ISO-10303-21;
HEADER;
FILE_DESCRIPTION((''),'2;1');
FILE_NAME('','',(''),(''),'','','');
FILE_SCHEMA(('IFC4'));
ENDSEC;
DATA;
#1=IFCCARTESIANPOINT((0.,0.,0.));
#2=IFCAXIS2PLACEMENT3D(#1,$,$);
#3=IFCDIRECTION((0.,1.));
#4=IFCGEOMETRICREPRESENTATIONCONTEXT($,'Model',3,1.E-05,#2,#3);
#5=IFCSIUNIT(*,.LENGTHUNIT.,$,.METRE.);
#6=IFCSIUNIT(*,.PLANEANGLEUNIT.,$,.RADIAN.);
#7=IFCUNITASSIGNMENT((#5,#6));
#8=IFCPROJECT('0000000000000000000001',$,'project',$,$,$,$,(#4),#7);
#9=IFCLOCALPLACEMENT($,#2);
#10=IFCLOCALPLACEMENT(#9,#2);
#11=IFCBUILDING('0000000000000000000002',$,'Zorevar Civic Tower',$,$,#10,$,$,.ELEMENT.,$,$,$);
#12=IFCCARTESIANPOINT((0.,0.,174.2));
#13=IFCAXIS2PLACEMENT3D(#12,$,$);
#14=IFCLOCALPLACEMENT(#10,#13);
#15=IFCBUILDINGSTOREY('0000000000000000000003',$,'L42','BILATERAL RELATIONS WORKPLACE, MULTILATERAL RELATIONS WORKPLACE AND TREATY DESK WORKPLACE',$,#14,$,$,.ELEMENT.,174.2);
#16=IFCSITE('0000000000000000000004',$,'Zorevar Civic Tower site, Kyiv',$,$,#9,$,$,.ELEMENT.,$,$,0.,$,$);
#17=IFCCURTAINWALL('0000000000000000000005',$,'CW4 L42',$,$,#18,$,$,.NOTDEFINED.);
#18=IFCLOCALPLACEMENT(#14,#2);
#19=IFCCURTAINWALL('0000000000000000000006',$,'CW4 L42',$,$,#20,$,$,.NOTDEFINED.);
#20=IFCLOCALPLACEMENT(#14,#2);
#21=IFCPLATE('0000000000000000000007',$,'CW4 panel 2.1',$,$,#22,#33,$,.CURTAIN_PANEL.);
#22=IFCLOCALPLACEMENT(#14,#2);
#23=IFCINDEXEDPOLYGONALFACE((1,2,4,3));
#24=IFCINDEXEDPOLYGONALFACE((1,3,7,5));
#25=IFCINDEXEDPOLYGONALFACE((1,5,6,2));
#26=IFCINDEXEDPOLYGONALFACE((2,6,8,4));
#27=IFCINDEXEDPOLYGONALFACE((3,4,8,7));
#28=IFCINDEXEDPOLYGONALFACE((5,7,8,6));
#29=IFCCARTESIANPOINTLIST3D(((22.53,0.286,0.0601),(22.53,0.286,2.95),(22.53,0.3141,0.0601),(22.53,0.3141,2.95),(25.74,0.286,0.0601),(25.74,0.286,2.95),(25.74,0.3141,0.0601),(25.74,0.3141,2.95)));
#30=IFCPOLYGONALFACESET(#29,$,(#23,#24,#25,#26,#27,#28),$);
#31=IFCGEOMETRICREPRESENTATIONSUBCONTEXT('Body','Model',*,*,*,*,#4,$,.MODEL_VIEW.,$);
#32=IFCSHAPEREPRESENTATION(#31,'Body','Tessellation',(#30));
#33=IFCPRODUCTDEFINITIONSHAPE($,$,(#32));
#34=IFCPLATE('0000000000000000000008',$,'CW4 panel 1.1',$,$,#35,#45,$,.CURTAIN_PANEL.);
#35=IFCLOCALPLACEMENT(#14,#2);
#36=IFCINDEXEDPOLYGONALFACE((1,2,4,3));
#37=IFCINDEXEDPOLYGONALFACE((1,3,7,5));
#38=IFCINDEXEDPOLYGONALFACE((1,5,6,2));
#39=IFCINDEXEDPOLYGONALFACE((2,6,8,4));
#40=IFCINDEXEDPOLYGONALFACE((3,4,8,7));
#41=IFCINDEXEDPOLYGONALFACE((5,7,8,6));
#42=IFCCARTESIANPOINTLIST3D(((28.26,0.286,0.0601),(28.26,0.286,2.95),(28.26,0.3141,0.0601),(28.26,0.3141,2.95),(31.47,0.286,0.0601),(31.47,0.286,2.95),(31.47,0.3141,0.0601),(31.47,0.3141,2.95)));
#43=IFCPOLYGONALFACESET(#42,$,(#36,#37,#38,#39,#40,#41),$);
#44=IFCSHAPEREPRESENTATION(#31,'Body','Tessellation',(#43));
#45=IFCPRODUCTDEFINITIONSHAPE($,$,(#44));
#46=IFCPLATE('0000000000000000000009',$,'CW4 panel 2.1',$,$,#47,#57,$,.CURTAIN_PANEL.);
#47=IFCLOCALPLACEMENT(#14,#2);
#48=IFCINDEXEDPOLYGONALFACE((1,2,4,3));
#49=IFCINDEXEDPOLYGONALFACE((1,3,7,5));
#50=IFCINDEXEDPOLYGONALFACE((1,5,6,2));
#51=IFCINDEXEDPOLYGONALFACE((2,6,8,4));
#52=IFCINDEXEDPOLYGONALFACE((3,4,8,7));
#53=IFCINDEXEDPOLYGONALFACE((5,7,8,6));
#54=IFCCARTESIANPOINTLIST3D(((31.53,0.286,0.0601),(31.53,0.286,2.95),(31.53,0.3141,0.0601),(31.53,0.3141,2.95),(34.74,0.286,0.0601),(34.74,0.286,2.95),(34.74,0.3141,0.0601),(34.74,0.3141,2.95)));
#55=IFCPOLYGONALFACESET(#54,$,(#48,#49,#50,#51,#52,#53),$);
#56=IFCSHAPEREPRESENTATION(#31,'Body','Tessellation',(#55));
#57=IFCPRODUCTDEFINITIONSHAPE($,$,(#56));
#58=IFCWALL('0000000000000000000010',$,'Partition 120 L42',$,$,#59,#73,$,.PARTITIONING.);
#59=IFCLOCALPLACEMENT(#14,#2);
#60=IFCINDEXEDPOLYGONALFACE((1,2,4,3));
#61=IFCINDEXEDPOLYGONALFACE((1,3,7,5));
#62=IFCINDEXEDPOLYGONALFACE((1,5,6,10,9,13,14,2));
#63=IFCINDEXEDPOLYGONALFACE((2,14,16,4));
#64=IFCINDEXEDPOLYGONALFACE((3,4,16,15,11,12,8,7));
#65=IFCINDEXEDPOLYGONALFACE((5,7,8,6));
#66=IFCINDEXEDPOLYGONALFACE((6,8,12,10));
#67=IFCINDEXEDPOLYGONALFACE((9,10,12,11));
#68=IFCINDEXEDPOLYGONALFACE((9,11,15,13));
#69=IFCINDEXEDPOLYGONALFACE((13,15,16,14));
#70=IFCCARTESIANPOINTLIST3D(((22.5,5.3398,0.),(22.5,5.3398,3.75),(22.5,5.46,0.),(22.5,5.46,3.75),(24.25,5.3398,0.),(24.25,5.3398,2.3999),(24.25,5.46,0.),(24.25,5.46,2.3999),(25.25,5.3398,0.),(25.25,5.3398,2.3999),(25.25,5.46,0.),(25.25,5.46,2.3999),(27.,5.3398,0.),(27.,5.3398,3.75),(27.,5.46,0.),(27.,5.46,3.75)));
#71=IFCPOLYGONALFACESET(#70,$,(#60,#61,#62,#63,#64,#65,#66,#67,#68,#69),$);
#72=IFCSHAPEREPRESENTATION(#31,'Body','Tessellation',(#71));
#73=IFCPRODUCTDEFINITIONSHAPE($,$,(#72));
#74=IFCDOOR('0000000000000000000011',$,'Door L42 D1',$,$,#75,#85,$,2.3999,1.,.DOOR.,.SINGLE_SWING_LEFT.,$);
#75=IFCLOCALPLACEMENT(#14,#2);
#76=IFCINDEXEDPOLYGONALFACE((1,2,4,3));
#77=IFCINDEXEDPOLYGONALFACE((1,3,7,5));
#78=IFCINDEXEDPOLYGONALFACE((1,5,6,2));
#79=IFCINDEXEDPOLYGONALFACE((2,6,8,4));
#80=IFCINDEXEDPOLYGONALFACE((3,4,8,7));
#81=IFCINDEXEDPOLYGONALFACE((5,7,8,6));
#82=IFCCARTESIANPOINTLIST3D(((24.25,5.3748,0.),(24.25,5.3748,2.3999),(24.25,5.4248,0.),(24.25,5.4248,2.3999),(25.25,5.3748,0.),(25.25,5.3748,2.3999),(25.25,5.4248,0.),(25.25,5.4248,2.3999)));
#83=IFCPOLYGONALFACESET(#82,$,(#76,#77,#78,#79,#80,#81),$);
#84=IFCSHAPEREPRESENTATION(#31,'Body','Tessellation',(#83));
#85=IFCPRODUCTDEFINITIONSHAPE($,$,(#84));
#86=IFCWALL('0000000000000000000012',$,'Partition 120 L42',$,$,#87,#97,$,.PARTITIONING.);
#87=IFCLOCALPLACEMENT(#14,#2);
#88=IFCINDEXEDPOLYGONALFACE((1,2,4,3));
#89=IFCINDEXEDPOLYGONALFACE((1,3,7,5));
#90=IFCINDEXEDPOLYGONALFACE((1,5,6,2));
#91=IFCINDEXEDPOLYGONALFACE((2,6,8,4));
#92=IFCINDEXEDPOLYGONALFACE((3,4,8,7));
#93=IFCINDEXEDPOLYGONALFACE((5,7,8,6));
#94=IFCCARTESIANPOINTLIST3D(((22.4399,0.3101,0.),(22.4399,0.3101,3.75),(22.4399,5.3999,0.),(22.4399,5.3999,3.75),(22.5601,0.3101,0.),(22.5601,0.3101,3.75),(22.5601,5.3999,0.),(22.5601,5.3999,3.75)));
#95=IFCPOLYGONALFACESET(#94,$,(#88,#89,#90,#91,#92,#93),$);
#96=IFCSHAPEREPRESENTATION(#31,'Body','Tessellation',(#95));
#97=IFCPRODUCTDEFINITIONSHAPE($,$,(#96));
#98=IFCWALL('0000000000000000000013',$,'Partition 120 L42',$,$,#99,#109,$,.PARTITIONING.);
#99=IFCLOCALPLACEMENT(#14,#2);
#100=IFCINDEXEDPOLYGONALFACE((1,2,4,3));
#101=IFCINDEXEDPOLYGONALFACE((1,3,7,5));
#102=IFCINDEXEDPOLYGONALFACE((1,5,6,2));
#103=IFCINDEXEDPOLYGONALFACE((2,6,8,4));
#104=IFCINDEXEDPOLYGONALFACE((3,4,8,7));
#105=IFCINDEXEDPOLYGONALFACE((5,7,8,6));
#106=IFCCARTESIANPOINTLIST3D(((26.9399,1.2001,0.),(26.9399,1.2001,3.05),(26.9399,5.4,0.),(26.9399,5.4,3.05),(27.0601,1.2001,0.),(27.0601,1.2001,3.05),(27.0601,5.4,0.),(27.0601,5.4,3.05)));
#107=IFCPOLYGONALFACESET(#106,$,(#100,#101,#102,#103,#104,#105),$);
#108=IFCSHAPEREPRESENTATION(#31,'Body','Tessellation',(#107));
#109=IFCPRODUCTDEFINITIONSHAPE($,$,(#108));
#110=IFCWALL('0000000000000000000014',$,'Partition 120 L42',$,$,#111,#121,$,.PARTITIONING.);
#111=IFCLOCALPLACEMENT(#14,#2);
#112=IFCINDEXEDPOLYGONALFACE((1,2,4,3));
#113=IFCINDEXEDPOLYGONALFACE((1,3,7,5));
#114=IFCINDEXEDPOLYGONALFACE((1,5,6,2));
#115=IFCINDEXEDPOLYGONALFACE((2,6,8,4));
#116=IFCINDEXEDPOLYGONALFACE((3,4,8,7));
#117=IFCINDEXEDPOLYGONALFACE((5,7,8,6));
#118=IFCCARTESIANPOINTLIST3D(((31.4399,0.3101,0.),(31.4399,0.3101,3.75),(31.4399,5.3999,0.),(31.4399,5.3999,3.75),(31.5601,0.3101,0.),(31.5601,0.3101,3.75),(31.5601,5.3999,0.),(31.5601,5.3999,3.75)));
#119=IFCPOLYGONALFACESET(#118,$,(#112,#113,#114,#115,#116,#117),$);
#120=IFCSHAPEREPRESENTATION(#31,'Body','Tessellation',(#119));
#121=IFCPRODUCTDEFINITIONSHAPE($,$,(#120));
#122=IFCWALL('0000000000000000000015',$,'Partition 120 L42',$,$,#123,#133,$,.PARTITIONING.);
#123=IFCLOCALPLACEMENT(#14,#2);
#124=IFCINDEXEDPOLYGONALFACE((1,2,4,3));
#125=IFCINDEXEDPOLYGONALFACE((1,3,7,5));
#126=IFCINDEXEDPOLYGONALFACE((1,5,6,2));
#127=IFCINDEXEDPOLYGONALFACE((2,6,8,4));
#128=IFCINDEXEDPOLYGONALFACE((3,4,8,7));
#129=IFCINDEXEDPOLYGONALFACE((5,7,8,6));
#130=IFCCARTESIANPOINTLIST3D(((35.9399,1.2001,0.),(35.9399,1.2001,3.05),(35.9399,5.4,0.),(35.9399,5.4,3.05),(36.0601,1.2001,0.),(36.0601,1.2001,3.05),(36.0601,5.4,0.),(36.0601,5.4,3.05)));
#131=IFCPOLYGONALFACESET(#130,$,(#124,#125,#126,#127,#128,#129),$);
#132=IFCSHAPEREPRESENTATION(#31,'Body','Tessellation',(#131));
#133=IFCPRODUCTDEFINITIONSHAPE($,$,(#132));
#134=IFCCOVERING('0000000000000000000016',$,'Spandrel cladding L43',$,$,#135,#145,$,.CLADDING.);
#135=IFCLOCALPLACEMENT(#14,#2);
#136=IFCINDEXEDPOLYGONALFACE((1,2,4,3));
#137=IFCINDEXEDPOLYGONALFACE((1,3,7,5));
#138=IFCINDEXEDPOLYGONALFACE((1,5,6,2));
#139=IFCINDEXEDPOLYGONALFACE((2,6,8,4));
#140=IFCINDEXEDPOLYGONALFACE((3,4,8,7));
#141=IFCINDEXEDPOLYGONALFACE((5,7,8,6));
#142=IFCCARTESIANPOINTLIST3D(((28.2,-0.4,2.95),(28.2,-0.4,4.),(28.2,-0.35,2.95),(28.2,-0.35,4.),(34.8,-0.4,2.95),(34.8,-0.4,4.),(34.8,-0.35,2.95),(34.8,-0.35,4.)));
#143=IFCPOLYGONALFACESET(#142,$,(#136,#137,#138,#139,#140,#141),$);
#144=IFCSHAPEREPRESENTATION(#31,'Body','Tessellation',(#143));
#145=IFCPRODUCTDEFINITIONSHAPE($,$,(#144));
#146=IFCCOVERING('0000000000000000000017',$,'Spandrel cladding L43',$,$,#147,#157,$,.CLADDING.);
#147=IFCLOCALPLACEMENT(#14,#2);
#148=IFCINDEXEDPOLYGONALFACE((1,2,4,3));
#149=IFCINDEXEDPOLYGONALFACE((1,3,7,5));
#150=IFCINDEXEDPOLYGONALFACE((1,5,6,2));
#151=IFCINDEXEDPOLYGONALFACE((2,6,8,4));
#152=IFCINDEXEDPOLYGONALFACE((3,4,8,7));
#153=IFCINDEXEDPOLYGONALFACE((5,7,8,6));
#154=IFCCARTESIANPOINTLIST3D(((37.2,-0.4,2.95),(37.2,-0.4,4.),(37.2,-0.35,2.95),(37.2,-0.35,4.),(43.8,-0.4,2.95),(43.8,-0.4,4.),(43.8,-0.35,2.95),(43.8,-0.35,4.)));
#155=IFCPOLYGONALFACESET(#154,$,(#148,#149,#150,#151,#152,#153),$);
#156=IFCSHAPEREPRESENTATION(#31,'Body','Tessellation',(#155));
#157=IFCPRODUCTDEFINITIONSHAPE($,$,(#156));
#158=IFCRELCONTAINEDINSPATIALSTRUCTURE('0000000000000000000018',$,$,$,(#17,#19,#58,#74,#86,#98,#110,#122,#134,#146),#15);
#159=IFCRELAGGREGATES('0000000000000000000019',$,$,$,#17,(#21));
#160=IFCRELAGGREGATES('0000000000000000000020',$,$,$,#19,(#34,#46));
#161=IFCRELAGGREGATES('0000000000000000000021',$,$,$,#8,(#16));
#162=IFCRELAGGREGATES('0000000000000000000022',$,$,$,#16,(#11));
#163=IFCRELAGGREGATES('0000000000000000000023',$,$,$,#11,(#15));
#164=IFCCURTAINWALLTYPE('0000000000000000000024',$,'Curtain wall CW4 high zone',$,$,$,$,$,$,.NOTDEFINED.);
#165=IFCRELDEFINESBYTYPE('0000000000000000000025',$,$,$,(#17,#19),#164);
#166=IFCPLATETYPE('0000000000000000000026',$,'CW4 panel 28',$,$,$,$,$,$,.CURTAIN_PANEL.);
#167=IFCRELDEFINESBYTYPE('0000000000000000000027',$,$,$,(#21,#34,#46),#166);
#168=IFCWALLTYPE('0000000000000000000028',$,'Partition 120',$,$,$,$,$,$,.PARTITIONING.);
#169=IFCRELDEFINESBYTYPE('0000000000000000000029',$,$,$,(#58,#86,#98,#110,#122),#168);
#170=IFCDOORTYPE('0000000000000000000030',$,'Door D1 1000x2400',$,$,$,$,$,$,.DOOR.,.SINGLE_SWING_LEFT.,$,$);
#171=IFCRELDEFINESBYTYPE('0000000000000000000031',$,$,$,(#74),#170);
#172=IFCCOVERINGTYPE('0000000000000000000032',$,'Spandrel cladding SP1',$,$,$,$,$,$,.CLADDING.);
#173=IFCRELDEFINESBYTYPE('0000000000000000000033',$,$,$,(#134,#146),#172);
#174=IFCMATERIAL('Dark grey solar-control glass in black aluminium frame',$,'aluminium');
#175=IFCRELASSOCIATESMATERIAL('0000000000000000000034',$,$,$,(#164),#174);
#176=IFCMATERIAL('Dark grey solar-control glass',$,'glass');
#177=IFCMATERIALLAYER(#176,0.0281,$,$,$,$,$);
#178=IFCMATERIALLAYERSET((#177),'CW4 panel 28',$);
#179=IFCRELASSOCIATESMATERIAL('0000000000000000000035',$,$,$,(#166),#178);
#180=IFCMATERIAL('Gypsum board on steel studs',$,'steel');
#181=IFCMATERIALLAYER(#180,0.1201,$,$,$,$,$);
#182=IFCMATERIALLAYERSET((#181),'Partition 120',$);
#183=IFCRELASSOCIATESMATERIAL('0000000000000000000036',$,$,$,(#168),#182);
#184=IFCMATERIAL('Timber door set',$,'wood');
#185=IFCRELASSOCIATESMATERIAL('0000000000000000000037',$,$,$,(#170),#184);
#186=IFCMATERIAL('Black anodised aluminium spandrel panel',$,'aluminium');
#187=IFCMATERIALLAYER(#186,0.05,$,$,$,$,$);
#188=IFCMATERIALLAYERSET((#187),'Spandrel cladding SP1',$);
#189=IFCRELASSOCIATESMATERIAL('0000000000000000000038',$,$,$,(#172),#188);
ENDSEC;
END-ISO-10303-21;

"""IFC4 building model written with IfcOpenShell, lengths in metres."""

from ifc_helpers import new_model, si_unit, direction, frame, frame_2d, origin, origin_2d, place, context, subcontext, project, spatial, rectangle, extrude, material, layer, layer_set, type_object, element, fill, aggregate, save


model = new_model("IFC4")

# Units and contexts
model_context = context("Model", 3, precision=1e-05, world=origin(), true_north=direction((0.0, 1.0)))
body_context = subcontext(model_context, "Body", "Model", "MODEL_VIEW")
ifc_project = project(units=[si_unit("LENGTHUNIT", "METRE"), si_unit("PLANEANGLEUNIT", "RADIAN")], contexts=[model_context])

# Site, building, storey
site_placement = place(None, origin())
site = spatial("IfcSite", under=ifc_project, at=site_placement, Name="Zorevar Civic Tower site, Kyiv", CompositionType="ELEMENT", RefElevation=0.0)
building_placement = place(site_placement, origin())
building = spatial("IfcBuilding", under=site, at=building_placement, Name="Zorevar Civic Tower", CompositionType="ELEMENT")
storey_placement = place(building_placement, frame((0.0, 0.0, 174.2)))
storey = spatial("IfcBuildingStorey", under=building, at=storey_placement, Name="L42", Description="BILATERAL RELATIONS WORKPLACE, MULTILATERAL RELATIONS WORKPLACE AND TREATY DESK WORKPLACE", CompositionType="ELEMENT", Elevation=174.2)

# Curtain wall
ifc_material_1 = material(Name="Dark grey solar-control glass in black aluminium frame", Category="aluminium")
curtain_wall_type = type_object("IfcCurtainWallType", Name="Curtain wall CW4 high zone", PredefinedType="NOTDEFINED", material=ifc_material_1)
curtain_wall_1_placement = place(storey_placement, origin())
curtain_wall_1 = element("IfcCurtainWall", 1, at=curtain_wall_1_placement, inside=storey, type_object=curtain_wall_type, Name="CW4 L42", PredefinedType="NOTDEFINED")

# Curtain wall
curtain_wall_2_placement = place(storey_placement, origin())
curtain_wall_2 = element("IfcCurtainWall", 2, at=curtain_wall_2_placement, inside=storey, type_object=curtain_wall_type, Name="CW4 L42", PredefinedType="NOTDEFINED")

# Plates
ifc_material_2 = material(Name="Dark grey solar-control glass", Category="glass")
ifc_layer_1 = layer(ifc_material_2, 0.0281)
ifc_layer_set_1 = layer_set([ifc_layer_1], Name="CW4 panel 28")
plate_type = type_object("IfcPlateType", Name="CW4 panel 28", PredefinedType="CURTAIN_PANEL", material=ifc_layer_set_1)
plate_1_placement = place(storey_placement, frame((24.135, 0.3, 0.0601), z_axis=(0.0, 0.0, 1.0), x_axis=(1.0, 0.0, 0.0)))
plate_1 = element("IfcPlate", 3, at=plate_1_placement, type_object=plate_type, Name="CW4 panel 2.1", PredefinedType="CURTAIN_PANEL", context=body_context, shape_type="SweptSolid", body=[
    extrude(rectangle(XDim=3.21, YDim=0.0281, at=origin_2d()), origin(), (0.0, 0.0, 1.0), 2.8899),
])
aggregate(curtain_wall_1, [plate_1])
plate_2_placement = place(storey_placement, frame((29.865, 0.3, 0.0601), z_axis=(0.0, 0.0, 1.0), x_axis=(1.0, 0.0, 0.0)))
plate_2 = element("IfcPlate", 4, at=plate_2_placement, type_object=plate_type, Name="CW4 panel 1.1", PredefinedType="CURTAIN_PANEL", context=body_context, shape_type="SweptSolid", body=[
    extrude(rectangle(XDim=3.21, YDim=0.0281, at=origin_2d()), origin(), (0.0, 0.0, 1.0), 2.8899),
])
plate_3_placement = place(storey_placement, frame((33.135, 0.3, 0.0601), z_axis=(0.0, 0.0, 1.0), x_axis=(1.0, 0.0, 0.0)))
plate_3 = element("IfcPlate", 5, at=plate_3_placement, type_object=plate_type, Name="CW4 panel 2.1", PredefinedType="CURTAIN_PANEL", context=body_context, shape_type="SweptSolid", body=[
    extrude(rectangle(XDim=3.21, YDim=0.0281, at=origin_2d()), origin(), (0.0, 0.0, 1.0), 2.8899),
])
aggregate(curtain_wall_2, [plate_2, plate_3])

# Wall, opening, door
ifc_material_3 = material(Name="Gypsum board on steel studs", Category="steel")
ifc_layer_2 = layer(ifc_material_3, 0.1201)
ifc_layer_set_2 = layer_set([ifc_layer_2], Name="Partition 120")
wall_type = type_object("IfcWallType", Name="Partition 120", PredefinedType="PARTITIONING", material=ifc_layer_set_2)
wall_1_placement = place(storey_placement, frame((22.5, 5.3999, 0.0), z_axis=(0.0, 0.0, 1.0), x_axis=(1.0, 0.0, 0.0)))
wall_1 = element("IfcWall", 6, at=wall_1_placement, inside=storey, type_object=wall_type, Name="Partition 120 L42", PredefinedType="PARTITIONING", context=body_context, shape_type="SweptSolid", body=[
    extrude(rectangle(XDim=4.5, YDim=0.1201, at=frame_2d((2.25, 0.0))), origin(), (0.0, 0.0, 1.0), 3.75),
])
opening_placement = place(wall_1_placement, frame((1.75, 0.0, 0.0)))
opening = element("IfcOpeningElement", 7, at=opening_placement, cuts=wall_1, PredefinedType="OPENING", context=body_context, shape_type="SweptSolid", body=[
    extrude(rectangle(XDim=1.0, YDim=2.3999, at=frame_2d((0.5, 1.2))), frame((0.0, 0.0701, 0.0), z_axis=(0.0, -1.0, 0.0), x_axis=(1.0, 0.0, 0.0)), (0.0, 0.0, 1.0), 0.1401),
])
ifc_material_4 = material(Name="Timber door set", Category="wood")
door_type = type_object("IfcDoorType", Name="Door D1 1000x2400", OperationType="SINGLE_SWING_LEFT", PredefinedType="DOOR", material=ifc_material_4)
door_placement = place(opening_placement, origin())
door = element("IfcDoor", 8, at=door_placement, inside=storey, type_object=door_type, Name="Door L42 D1", OperationType="SINGLE_SWING_LEFT", OverallHeight=2.3999, OverallWidth=1.0, PredefinedType="DOOR", context=body_context, shape_type="SweptSolid", body=[
    extrude(rectangle(XDim=1.0, YDim=2.3999, at=frame_2d((0.5, 1.2))), frame((0.0, 0.0249, 0.0), z_axis=(0.0, -1.0, 0.0), x_axis=(1.0, 0.0, 0.0)), (0.0, 0.0, 1.0), 0.05),
])
fill(opening, door)

# Walls
wall_2_placement = place(storey_placement, frame((22.5, 0.3101, 0.0), z_axis=(0.0, 0.0, 1.0), x_axis=(0.0, 1.0, 0.0)))
element("IfcWall", 9, at=wall_2_placement, inside=storey, type_object=wall_type, Name="Partition 120 L42", PredefinedType="PARTITIONING", context=body_context, shape_type="SweptSolid", body=[
    extrude(rectangle(XDim=5.0898, YDim=0.1201, at=frame_2d((2.5449, 0.0))), origin(), (0.0, 0.0, 1.0), 3.75),
])
wall_3_placement = place(storey_placement, frame((27.0, 1.2, 0.0), z_axis=(0.0, 0.0, 1.0), x_axis=(0.0, 1.0, 0.0)))
element("IfcWall", 10, at=wall_3_placement, inside=storey, type_object=wall_type, Name="Partition 120 L42", PredefinedType="PARTITIONING", context=body_context, shape_type="SweptSolid", body=[
    extrude(rectangle(XDim=4.2, YDim=0.1201, at=frame_2d((2.1001, 0.0))), origin(), (0.0, 0.0, 1.0), 3.05),
])
wall_4_placement = place(storey_placement, frame((31.5, 0.3101, 0.0), z_axis=(0.0, 0.0, 1.0), x_axis=(0.0, 1.0, 0.0)))
element("IfcWall", 11, at=wall_4_placement, inside=storey, type_object=wall_type, Name="Partition 120 L42", PredefinedType="PARTITIONING", context=body_context, shape_type="SweptSolid", body=[
    extrude(rectangle(XDim=5.0898, YDim=0.1201, at=frame_2d((2.5449, 0.0))), origin(), (0.0, 0.0, 1.0), 3.75),
])
wall_5_placement = place(storey_placement, frame((36.0, 1.2, 0.0), z_axis=(0.0, 0.0, 1.0), x_axis=(0.0, 1.0, 0.0)))
element("IfcWall", 12, at=wall_5_placement, inside=storey, type_object=wall_type, Name="Partition 120 L42", PredefinedType="PARTITIONING", context=body_context, shape_type="SweptSolid", body=[
    extrude(rectangle(XDim=4.2, YDim=0.1201, at=frame_2d((2.1001, 0.0))), origin(), (0.0, 0.0, 1.0), 3.05),
])

# Coverings
ifc_material_5 = material(Name="Black anodised aluminium spandrel panel", Category="aluminium")
ifc_layer_3 = layer(ifc_material_5, 0.05)
ifc_layer_set_3 = layer_set([ifc_layer_3], Name="Spandrel cladding SP1")
covering_type = type_object("IfcCoveringType", Name="Spandrel cladding SP1", PredefinedType="CLADDING", material=ifc_layer_set_3)
for number, where, z_axis, x_axis, name in (
    (13, (28.2, -0.375, 2.95), (0.0, 0.0, 1.0), (1.0, 0.0, 0.0), "Spandrel cladding L43"),
    (14, (37.2, -0.375, 2.95), (0.0, 0.0, 1.0), (1.0, 0.0, 0.0), "Spandrel cladding L43"),
):
    element("IfcCovering", number, at=place(storey_placement, frame(where, z_axis=z_axis, x_axis=x_axis)), inside=storey, type_object=covering_type, Name=name, PredefinedType="CLADDING", context=body_context, shape_type="SweptSolid", body=[
        extrude(rectangle(XDim=6.6001, YDim=0.05, at=frame_2d((3.3, 0.0))), origin(), (0.0, 0.0, 1.0), 1.05),
    ])

save(model, "model.ifc")
